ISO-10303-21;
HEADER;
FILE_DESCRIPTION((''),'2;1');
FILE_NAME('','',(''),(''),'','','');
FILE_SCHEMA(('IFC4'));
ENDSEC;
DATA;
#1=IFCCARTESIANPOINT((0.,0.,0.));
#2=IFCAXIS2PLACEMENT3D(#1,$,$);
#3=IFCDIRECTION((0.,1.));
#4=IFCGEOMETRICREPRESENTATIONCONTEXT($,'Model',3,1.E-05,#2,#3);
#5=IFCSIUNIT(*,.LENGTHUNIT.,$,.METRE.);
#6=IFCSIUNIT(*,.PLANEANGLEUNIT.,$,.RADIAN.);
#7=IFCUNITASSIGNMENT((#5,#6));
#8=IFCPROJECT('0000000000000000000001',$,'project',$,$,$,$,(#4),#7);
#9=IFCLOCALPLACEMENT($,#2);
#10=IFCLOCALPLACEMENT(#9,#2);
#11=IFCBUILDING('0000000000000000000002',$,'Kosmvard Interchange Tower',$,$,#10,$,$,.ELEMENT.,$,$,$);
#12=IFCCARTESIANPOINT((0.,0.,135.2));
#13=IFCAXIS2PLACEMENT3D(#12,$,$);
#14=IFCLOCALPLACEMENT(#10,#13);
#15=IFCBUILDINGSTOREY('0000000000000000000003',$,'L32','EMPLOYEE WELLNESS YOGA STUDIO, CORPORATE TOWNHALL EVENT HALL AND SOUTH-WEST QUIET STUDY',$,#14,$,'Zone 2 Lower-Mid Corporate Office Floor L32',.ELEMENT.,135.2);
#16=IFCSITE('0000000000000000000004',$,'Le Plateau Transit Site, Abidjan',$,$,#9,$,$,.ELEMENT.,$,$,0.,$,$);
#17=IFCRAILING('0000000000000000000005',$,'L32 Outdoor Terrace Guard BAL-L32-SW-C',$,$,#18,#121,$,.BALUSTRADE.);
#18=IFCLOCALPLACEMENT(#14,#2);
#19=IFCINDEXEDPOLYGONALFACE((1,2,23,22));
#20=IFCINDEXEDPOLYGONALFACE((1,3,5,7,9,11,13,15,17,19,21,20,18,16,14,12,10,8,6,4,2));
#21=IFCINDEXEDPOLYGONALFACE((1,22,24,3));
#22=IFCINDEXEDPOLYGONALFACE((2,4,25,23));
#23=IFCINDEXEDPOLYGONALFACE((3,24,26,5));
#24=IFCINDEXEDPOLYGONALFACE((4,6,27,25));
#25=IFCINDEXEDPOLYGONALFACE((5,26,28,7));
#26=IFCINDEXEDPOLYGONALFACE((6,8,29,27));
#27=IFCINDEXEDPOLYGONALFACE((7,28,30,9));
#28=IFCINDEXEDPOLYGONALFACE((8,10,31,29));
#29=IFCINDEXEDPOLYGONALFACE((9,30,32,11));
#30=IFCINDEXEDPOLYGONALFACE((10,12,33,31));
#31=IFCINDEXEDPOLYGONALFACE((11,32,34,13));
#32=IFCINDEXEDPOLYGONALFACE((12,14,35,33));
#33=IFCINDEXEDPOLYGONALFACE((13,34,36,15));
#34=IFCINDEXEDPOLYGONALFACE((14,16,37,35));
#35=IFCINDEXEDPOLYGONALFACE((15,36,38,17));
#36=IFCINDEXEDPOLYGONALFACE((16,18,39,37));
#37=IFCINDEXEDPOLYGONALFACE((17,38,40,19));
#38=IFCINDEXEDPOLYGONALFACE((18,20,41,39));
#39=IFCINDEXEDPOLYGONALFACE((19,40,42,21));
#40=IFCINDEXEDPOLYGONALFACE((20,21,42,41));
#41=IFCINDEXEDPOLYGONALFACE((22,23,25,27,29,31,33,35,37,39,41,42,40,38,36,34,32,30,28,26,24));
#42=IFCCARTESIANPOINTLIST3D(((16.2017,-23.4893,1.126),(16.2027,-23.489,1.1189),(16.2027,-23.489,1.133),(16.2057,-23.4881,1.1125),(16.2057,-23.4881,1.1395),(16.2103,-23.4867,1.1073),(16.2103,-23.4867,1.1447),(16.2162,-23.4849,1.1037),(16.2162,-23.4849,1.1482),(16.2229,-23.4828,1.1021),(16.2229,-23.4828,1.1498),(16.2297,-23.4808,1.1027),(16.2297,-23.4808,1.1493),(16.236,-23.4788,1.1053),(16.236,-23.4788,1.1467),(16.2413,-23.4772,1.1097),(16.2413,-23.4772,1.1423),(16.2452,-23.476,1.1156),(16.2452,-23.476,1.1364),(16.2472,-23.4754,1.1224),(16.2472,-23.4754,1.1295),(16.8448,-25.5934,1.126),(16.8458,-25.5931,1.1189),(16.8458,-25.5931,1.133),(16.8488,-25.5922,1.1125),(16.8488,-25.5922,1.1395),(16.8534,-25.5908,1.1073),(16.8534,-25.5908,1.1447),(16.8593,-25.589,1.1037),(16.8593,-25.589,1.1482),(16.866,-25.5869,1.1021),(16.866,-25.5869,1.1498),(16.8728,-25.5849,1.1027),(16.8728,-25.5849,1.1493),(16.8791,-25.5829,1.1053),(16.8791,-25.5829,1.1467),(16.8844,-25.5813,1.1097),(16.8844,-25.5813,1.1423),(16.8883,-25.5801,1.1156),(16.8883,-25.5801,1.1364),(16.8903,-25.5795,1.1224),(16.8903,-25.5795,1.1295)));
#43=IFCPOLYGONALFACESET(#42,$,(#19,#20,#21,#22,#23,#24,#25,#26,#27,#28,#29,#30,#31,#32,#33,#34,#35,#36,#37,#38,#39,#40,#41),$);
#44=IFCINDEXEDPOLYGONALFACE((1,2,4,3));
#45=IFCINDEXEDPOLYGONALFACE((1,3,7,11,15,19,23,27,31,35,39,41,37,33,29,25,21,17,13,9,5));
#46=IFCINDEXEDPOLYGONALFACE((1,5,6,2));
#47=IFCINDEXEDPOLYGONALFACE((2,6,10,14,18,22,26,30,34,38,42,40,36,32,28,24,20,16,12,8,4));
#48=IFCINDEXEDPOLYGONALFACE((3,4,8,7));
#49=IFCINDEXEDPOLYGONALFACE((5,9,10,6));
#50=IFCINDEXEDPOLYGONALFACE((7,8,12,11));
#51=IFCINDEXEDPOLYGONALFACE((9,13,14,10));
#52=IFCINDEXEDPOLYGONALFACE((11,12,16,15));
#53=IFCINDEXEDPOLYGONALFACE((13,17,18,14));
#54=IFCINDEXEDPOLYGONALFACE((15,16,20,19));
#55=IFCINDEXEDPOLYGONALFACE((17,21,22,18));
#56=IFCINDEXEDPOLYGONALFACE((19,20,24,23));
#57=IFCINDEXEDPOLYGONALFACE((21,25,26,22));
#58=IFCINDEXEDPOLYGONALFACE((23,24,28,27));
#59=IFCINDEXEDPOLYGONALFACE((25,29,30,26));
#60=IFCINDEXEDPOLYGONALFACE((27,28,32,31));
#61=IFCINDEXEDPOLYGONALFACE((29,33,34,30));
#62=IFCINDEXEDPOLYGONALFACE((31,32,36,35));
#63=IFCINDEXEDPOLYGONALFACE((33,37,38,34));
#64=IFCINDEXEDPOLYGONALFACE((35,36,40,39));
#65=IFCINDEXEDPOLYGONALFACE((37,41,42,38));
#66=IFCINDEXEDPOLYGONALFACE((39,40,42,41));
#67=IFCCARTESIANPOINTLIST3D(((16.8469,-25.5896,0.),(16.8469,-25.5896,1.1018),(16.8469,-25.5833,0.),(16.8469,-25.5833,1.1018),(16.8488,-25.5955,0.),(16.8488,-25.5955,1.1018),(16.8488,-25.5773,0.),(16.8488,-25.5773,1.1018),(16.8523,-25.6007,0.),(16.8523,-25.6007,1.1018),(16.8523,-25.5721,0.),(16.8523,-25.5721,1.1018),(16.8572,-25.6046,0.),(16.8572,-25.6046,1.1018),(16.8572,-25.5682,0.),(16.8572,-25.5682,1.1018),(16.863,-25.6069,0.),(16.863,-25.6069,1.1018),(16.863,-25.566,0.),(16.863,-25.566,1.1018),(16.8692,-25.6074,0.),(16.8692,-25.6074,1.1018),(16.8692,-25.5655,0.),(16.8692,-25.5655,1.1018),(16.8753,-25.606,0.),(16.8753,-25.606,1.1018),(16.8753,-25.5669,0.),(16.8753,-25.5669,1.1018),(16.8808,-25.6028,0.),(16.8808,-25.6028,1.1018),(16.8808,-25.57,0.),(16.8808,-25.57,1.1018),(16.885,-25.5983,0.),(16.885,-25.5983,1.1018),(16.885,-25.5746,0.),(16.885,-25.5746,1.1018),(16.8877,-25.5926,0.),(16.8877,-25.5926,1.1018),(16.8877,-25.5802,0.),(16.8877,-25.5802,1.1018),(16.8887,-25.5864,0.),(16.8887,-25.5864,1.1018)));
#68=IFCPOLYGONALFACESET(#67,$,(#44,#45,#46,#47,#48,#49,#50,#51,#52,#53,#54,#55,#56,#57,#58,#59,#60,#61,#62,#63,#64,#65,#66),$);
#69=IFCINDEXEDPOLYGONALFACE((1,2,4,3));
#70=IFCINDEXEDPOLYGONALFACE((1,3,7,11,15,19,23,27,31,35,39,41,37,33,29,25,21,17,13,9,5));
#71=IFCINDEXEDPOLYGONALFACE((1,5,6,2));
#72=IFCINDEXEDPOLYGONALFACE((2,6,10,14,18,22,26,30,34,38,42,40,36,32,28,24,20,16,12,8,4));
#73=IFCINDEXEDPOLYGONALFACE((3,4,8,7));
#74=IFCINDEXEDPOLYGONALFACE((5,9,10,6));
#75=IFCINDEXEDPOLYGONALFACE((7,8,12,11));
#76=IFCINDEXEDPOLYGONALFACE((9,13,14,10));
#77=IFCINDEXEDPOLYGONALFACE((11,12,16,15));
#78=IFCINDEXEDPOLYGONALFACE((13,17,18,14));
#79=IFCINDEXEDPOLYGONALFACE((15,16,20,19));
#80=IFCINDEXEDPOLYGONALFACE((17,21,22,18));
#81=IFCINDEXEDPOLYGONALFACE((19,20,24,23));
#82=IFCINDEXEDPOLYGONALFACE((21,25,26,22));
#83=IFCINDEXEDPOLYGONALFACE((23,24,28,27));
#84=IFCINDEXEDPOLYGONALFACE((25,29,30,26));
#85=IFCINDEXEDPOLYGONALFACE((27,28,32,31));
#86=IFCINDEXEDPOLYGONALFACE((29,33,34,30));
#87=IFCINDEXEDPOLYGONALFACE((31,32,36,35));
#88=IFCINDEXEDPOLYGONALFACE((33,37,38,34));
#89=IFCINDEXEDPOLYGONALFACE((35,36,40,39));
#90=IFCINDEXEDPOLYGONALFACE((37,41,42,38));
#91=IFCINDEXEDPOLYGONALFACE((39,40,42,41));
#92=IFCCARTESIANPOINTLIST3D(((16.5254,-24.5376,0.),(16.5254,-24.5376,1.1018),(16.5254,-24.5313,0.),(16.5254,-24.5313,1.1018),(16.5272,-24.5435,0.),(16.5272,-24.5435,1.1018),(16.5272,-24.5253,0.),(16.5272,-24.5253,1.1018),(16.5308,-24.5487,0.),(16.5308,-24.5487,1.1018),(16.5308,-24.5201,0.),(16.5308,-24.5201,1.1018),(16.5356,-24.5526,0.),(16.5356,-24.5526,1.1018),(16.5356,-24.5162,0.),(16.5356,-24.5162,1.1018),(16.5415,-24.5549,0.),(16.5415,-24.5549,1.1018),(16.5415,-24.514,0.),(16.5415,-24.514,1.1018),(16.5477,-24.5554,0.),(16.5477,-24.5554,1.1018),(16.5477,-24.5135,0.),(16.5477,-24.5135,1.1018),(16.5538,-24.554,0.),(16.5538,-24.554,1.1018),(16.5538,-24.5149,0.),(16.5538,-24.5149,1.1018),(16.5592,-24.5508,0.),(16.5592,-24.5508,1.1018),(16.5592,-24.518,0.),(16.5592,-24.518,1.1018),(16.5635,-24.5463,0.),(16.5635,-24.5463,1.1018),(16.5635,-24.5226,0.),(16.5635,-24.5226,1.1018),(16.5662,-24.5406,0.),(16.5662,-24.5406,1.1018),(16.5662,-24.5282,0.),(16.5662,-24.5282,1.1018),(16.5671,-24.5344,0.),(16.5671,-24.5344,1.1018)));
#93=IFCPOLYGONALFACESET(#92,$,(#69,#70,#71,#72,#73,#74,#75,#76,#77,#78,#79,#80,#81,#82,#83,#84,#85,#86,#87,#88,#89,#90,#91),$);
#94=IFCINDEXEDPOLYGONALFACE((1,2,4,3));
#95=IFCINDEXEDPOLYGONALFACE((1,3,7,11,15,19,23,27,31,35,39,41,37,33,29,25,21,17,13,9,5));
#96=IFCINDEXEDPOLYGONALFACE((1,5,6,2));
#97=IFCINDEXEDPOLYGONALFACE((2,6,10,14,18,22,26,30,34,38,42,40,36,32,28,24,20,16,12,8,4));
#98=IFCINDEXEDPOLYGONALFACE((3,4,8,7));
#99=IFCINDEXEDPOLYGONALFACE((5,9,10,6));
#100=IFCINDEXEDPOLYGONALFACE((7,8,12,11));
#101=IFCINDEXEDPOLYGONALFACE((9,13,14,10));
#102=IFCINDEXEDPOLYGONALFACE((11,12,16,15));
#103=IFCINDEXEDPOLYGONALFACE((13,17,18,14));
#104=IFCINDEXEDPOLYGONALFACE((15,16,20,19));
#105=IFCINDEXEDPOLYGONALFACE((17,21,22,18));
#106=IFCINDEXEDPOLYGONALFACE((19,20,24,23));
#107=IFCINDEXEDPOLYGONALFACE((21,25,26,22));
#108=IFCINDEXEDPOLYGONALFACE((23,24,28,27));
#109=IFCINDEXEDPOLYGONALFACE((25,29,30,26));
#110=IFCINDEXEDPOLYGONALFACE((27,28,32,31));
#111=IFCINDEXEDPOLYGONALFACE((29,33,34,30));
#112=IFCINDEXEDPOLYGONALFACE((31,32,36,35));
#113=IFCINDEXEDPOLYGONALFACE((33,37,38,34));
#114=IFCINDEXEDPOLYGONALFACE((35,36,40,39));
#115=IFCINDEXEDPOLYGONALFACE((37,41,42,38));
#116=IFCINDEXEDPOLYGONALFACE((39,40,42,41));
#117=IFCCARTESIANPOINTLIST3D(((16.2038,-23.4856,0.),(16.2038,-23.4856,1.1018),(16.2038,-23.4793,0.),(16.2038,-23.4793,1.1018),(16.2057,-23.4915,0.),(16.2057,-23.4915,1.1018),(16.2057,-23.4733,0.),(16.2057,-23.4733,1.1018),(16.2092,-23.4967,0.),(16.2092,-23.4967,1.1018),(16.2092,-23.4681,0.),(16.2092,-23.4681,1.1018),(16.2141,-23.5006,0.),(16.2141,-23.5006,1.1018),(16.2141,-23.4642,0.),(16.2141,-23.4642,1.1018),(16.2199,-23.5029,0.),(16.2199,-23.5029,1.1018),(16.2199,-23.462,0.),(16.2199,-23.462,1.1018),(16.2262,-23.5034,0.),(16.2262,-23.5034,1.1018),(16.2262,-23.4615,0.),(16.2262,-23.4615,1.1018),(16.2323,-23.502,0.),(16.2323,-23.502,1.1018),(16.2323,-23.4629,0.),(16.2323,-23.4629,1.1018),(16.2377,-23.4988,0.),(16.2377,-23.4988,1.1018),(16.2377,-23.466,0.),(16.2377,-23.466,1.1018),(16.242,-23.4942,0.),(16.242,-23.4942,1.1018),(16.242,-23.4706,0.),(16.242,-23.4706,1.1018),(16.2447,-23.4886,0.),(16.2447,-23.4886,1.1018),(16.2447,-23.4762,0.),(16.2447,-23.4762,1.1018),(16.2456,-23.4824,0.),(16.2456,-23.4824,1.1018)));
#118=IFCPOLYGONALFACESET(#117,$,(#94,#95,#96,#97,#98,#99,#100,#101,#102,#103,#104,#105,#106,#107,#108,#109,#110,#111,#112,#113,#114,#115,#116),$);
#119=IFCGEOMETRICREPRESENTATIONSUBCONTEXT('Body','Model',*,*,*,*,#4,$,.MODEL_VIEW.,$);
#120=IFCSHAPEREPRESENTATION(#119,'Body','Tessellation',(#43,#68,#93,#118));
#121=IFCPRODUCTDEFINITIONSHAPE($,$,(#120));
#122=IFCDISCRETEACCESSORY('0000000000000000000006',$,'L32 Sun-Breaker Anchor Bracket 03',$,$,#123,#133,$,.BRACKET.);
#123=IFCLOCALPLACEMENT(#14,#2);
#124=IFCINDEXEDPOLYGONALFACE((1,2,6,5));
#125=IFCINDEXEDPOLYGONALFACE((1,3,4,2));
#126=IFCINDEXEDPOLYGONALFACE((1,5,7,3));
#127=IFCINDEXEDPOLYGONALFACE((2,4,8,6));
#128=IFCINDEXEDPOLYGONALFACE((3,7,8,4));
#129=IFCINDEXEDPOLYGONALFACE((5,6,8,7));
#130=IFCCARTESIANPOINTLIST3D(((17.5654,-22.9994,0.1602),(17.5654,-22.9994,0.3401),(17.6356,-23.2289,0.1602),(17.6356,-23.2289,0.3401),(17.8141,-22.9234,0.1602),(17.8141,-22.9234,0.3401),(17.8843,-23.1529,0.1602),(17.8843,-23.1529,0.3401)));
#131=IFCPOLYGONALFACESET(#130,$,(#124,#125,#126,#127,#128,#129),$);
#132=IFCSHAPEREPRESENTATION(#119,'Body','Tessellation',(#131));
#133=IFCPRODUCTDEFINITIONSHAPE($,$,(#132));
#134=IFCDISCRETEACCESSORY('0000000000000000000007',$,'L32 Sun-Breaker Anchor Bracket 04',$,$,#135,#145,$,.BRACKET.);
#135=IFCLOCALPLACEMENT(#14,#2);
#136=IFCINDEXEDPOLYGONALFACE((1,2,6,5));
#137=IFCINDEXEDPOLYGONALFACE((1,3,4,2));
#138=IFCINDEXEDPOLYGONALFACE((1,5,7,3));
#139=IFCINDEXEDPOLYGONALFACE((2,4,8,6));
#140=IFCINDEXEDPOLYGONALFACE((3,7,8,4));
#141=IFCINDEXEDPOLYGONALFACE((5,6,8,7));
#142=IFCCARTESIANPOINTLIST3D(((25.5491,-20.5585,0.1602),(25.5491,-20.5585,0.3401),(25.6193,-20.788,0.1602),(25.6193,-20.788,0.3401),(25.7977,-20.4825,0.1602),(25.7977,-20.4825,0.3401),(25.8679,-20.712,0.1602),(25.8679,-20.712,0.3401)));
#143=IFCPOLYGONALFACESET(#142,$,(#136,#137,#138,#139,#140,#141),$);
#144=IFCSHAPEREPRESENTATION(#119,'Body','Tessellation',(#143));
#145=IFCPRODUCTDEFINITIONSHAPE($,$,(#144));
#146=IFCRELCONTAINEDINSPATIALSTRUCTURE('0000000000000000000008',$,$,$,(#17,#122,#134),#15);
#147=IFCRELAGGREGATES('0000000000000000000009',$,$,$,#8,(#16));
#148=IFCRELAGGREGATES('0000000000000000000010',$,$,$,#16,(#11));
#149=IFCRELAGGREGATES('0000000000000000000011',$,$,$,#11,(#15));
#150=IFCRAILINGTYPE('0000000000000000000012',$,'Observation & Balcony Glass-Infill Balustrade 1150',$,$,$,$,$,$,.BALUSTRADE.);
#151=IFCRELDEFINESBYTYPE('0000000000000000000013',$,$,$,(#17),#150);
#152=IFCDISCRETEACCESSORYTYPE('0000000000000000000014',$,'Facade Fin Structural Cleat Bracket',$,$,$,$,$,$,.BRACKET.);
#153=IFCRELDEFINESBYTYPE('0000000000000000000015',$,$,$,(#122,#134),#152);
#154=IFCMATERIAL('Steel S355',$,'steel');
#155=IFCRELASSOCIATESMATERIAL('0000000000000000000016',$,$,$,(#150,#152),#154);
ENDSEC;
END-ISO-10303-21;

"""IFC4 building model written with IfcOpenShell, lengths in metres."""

from ifc_helpers import new_model, si_unit, direction, frame, origin, origin_2d, place, context, subcontext, project, spatial, rectangle, circle, extrude, source, transform, mapped, material, type_object, element, save


model = new_model("IFC4")

# Units and contexts
model_context = context("Model", 3, precision=1e-05, world=origin(), true_north=direction((0.0, 1.0)))
body_context = subcontext(model_context, "Body", "Model", "MODEL_VIEW")
ifc_project = project(units=[si_unit("LENGTHUNIT", "METRE"), si_unit("PLANEANGLEUNIT", "RADIAN")], contexts=[model_context])

# Site, building, storey
site_placement = place(None, origin())
site = spatial("IfcSite", under=ifc_project, at=site_placement, Name="Le Plateau Transit Site, Abidjan", CompositionType="ELEMENT", RefElevation=0.0)
building_placement = place(site_placement, origin())
building = spatial("IfcBuilding", under=site, at=building_placement, Name="Kosmvard Interchange Tower", CompositionType="ELEMENT")
storey_placement = place(building_placement, frame((0.0, 0.0, 135.2)))
storey = spatial("IfcBuildingStorey", under=building, at=storey_placement, Name="L32", Description="EMPLOYEE WELLNESS YOGA STUDIO, CORPORATE TOWNHALL EVENT HALL AND SOUTH-WEST QUIET STUDY", LongName="Zone 2 Lower-Mid Corporate Office Floor L32", CompositionType="ELEMENT", Elevation=135.2)

# Shared definitions
ifc_material_1 = material(Name="Steel S355", Category="steel")

# Railing
railing_type = type_object("IfcRailingType", Name="Observation & Balcony Glass-Infill Balustrade 1150", PredefinedType="BALUSTRADE", material=ifc_material_1)
shared_shape_1 = source(origin(), body_context, "Body", "SweptSolid", [
    extrude(circle(Radius=0.0239, at=origin_2d()), frame((0.0, 0.0, 1.126), z_axis=(-0.292292, 0.956329, 0.0), x_axis=(-0.956329, -0.292292, 0.0)), (0.0, 0.0, 1.0), 2.2002),
    extrude(circle(Radius=0.021, at=origin_2d()), origin(), (0.0, 0.0, 1.0), 1.1018),
    extrude(circle(Radius=0.021, at=origin_2d()), frame((-0.3215, 1.052, 0.0)), (0.0, 0.0, 1.0), 1.1018),
    extrude(circle(Radius=0.021, at=origin_2d()), frame((-0.6431, 2.104, 0.0)), (0.0, 0.0, 1.0), 1.1018),
])
railing_placement = place(storey_placement, frame((16.8677, -25.5864, 0.0)))
element("IfcRailing", 1, at=railing_placement, inside=storey, type_object=railing_type, Name="L32 Outdoor Terrace Guard BAL-L32-SW-C", PredefinedType="BALUSTRADE", context=body_context, shape_type="MappedRepresentation", body=[
    mapped(shared_shape_1, transform((0.0, 0.0, 0.0), scale=1.0)),
])

# Discrete accessories
discrete_accessory_type = type_object("IfcDiscreteAccessoryType", Name="Facade Fin Structural Cleat Bracket", PredefinedType="BRACKET", material=ifc_material_1)
shared_shape_2 = source(origin(), body_context, "Body", "SweptSolid", [
    extrude(rectangle(XDim=0.24, YDim=0.26, at=origin_2d()), origin(), (0.0, 0.0, 1.0), 0.1799),
])
for number, where, z_axis, x_axis, name in (
    (2, (17.7249, -23.0762, 0.1602), (0.0, 0.0, 1.0), (0.292372, -0.956305, 0.0), "L32 Sun-Breaker Anchor Bracket 03"),
    (3, (25.7085, -20.6353, 0.1602), (0.0, 0.0, 1.0), (0.292372, -0.956305, 0.0), "L32 Sun-Breaker Anchor Bracket 04"),
):
    element("IfcDiscreteAccessory", number, at=place(storey_placement, frame(where, z_axis=z_axis, x_axis=x_axis)), inside=storey, type_object=discrete_accessory_type, Name=name, PredefinedType="BRACKET", context=body_context, shape_type="MappedRepresentation", body=[
        mapped(shared_shape_2, transform((0.0, 0.0, 0.0), scale=1.0)),
    ])

save(model, "model.ifc")
